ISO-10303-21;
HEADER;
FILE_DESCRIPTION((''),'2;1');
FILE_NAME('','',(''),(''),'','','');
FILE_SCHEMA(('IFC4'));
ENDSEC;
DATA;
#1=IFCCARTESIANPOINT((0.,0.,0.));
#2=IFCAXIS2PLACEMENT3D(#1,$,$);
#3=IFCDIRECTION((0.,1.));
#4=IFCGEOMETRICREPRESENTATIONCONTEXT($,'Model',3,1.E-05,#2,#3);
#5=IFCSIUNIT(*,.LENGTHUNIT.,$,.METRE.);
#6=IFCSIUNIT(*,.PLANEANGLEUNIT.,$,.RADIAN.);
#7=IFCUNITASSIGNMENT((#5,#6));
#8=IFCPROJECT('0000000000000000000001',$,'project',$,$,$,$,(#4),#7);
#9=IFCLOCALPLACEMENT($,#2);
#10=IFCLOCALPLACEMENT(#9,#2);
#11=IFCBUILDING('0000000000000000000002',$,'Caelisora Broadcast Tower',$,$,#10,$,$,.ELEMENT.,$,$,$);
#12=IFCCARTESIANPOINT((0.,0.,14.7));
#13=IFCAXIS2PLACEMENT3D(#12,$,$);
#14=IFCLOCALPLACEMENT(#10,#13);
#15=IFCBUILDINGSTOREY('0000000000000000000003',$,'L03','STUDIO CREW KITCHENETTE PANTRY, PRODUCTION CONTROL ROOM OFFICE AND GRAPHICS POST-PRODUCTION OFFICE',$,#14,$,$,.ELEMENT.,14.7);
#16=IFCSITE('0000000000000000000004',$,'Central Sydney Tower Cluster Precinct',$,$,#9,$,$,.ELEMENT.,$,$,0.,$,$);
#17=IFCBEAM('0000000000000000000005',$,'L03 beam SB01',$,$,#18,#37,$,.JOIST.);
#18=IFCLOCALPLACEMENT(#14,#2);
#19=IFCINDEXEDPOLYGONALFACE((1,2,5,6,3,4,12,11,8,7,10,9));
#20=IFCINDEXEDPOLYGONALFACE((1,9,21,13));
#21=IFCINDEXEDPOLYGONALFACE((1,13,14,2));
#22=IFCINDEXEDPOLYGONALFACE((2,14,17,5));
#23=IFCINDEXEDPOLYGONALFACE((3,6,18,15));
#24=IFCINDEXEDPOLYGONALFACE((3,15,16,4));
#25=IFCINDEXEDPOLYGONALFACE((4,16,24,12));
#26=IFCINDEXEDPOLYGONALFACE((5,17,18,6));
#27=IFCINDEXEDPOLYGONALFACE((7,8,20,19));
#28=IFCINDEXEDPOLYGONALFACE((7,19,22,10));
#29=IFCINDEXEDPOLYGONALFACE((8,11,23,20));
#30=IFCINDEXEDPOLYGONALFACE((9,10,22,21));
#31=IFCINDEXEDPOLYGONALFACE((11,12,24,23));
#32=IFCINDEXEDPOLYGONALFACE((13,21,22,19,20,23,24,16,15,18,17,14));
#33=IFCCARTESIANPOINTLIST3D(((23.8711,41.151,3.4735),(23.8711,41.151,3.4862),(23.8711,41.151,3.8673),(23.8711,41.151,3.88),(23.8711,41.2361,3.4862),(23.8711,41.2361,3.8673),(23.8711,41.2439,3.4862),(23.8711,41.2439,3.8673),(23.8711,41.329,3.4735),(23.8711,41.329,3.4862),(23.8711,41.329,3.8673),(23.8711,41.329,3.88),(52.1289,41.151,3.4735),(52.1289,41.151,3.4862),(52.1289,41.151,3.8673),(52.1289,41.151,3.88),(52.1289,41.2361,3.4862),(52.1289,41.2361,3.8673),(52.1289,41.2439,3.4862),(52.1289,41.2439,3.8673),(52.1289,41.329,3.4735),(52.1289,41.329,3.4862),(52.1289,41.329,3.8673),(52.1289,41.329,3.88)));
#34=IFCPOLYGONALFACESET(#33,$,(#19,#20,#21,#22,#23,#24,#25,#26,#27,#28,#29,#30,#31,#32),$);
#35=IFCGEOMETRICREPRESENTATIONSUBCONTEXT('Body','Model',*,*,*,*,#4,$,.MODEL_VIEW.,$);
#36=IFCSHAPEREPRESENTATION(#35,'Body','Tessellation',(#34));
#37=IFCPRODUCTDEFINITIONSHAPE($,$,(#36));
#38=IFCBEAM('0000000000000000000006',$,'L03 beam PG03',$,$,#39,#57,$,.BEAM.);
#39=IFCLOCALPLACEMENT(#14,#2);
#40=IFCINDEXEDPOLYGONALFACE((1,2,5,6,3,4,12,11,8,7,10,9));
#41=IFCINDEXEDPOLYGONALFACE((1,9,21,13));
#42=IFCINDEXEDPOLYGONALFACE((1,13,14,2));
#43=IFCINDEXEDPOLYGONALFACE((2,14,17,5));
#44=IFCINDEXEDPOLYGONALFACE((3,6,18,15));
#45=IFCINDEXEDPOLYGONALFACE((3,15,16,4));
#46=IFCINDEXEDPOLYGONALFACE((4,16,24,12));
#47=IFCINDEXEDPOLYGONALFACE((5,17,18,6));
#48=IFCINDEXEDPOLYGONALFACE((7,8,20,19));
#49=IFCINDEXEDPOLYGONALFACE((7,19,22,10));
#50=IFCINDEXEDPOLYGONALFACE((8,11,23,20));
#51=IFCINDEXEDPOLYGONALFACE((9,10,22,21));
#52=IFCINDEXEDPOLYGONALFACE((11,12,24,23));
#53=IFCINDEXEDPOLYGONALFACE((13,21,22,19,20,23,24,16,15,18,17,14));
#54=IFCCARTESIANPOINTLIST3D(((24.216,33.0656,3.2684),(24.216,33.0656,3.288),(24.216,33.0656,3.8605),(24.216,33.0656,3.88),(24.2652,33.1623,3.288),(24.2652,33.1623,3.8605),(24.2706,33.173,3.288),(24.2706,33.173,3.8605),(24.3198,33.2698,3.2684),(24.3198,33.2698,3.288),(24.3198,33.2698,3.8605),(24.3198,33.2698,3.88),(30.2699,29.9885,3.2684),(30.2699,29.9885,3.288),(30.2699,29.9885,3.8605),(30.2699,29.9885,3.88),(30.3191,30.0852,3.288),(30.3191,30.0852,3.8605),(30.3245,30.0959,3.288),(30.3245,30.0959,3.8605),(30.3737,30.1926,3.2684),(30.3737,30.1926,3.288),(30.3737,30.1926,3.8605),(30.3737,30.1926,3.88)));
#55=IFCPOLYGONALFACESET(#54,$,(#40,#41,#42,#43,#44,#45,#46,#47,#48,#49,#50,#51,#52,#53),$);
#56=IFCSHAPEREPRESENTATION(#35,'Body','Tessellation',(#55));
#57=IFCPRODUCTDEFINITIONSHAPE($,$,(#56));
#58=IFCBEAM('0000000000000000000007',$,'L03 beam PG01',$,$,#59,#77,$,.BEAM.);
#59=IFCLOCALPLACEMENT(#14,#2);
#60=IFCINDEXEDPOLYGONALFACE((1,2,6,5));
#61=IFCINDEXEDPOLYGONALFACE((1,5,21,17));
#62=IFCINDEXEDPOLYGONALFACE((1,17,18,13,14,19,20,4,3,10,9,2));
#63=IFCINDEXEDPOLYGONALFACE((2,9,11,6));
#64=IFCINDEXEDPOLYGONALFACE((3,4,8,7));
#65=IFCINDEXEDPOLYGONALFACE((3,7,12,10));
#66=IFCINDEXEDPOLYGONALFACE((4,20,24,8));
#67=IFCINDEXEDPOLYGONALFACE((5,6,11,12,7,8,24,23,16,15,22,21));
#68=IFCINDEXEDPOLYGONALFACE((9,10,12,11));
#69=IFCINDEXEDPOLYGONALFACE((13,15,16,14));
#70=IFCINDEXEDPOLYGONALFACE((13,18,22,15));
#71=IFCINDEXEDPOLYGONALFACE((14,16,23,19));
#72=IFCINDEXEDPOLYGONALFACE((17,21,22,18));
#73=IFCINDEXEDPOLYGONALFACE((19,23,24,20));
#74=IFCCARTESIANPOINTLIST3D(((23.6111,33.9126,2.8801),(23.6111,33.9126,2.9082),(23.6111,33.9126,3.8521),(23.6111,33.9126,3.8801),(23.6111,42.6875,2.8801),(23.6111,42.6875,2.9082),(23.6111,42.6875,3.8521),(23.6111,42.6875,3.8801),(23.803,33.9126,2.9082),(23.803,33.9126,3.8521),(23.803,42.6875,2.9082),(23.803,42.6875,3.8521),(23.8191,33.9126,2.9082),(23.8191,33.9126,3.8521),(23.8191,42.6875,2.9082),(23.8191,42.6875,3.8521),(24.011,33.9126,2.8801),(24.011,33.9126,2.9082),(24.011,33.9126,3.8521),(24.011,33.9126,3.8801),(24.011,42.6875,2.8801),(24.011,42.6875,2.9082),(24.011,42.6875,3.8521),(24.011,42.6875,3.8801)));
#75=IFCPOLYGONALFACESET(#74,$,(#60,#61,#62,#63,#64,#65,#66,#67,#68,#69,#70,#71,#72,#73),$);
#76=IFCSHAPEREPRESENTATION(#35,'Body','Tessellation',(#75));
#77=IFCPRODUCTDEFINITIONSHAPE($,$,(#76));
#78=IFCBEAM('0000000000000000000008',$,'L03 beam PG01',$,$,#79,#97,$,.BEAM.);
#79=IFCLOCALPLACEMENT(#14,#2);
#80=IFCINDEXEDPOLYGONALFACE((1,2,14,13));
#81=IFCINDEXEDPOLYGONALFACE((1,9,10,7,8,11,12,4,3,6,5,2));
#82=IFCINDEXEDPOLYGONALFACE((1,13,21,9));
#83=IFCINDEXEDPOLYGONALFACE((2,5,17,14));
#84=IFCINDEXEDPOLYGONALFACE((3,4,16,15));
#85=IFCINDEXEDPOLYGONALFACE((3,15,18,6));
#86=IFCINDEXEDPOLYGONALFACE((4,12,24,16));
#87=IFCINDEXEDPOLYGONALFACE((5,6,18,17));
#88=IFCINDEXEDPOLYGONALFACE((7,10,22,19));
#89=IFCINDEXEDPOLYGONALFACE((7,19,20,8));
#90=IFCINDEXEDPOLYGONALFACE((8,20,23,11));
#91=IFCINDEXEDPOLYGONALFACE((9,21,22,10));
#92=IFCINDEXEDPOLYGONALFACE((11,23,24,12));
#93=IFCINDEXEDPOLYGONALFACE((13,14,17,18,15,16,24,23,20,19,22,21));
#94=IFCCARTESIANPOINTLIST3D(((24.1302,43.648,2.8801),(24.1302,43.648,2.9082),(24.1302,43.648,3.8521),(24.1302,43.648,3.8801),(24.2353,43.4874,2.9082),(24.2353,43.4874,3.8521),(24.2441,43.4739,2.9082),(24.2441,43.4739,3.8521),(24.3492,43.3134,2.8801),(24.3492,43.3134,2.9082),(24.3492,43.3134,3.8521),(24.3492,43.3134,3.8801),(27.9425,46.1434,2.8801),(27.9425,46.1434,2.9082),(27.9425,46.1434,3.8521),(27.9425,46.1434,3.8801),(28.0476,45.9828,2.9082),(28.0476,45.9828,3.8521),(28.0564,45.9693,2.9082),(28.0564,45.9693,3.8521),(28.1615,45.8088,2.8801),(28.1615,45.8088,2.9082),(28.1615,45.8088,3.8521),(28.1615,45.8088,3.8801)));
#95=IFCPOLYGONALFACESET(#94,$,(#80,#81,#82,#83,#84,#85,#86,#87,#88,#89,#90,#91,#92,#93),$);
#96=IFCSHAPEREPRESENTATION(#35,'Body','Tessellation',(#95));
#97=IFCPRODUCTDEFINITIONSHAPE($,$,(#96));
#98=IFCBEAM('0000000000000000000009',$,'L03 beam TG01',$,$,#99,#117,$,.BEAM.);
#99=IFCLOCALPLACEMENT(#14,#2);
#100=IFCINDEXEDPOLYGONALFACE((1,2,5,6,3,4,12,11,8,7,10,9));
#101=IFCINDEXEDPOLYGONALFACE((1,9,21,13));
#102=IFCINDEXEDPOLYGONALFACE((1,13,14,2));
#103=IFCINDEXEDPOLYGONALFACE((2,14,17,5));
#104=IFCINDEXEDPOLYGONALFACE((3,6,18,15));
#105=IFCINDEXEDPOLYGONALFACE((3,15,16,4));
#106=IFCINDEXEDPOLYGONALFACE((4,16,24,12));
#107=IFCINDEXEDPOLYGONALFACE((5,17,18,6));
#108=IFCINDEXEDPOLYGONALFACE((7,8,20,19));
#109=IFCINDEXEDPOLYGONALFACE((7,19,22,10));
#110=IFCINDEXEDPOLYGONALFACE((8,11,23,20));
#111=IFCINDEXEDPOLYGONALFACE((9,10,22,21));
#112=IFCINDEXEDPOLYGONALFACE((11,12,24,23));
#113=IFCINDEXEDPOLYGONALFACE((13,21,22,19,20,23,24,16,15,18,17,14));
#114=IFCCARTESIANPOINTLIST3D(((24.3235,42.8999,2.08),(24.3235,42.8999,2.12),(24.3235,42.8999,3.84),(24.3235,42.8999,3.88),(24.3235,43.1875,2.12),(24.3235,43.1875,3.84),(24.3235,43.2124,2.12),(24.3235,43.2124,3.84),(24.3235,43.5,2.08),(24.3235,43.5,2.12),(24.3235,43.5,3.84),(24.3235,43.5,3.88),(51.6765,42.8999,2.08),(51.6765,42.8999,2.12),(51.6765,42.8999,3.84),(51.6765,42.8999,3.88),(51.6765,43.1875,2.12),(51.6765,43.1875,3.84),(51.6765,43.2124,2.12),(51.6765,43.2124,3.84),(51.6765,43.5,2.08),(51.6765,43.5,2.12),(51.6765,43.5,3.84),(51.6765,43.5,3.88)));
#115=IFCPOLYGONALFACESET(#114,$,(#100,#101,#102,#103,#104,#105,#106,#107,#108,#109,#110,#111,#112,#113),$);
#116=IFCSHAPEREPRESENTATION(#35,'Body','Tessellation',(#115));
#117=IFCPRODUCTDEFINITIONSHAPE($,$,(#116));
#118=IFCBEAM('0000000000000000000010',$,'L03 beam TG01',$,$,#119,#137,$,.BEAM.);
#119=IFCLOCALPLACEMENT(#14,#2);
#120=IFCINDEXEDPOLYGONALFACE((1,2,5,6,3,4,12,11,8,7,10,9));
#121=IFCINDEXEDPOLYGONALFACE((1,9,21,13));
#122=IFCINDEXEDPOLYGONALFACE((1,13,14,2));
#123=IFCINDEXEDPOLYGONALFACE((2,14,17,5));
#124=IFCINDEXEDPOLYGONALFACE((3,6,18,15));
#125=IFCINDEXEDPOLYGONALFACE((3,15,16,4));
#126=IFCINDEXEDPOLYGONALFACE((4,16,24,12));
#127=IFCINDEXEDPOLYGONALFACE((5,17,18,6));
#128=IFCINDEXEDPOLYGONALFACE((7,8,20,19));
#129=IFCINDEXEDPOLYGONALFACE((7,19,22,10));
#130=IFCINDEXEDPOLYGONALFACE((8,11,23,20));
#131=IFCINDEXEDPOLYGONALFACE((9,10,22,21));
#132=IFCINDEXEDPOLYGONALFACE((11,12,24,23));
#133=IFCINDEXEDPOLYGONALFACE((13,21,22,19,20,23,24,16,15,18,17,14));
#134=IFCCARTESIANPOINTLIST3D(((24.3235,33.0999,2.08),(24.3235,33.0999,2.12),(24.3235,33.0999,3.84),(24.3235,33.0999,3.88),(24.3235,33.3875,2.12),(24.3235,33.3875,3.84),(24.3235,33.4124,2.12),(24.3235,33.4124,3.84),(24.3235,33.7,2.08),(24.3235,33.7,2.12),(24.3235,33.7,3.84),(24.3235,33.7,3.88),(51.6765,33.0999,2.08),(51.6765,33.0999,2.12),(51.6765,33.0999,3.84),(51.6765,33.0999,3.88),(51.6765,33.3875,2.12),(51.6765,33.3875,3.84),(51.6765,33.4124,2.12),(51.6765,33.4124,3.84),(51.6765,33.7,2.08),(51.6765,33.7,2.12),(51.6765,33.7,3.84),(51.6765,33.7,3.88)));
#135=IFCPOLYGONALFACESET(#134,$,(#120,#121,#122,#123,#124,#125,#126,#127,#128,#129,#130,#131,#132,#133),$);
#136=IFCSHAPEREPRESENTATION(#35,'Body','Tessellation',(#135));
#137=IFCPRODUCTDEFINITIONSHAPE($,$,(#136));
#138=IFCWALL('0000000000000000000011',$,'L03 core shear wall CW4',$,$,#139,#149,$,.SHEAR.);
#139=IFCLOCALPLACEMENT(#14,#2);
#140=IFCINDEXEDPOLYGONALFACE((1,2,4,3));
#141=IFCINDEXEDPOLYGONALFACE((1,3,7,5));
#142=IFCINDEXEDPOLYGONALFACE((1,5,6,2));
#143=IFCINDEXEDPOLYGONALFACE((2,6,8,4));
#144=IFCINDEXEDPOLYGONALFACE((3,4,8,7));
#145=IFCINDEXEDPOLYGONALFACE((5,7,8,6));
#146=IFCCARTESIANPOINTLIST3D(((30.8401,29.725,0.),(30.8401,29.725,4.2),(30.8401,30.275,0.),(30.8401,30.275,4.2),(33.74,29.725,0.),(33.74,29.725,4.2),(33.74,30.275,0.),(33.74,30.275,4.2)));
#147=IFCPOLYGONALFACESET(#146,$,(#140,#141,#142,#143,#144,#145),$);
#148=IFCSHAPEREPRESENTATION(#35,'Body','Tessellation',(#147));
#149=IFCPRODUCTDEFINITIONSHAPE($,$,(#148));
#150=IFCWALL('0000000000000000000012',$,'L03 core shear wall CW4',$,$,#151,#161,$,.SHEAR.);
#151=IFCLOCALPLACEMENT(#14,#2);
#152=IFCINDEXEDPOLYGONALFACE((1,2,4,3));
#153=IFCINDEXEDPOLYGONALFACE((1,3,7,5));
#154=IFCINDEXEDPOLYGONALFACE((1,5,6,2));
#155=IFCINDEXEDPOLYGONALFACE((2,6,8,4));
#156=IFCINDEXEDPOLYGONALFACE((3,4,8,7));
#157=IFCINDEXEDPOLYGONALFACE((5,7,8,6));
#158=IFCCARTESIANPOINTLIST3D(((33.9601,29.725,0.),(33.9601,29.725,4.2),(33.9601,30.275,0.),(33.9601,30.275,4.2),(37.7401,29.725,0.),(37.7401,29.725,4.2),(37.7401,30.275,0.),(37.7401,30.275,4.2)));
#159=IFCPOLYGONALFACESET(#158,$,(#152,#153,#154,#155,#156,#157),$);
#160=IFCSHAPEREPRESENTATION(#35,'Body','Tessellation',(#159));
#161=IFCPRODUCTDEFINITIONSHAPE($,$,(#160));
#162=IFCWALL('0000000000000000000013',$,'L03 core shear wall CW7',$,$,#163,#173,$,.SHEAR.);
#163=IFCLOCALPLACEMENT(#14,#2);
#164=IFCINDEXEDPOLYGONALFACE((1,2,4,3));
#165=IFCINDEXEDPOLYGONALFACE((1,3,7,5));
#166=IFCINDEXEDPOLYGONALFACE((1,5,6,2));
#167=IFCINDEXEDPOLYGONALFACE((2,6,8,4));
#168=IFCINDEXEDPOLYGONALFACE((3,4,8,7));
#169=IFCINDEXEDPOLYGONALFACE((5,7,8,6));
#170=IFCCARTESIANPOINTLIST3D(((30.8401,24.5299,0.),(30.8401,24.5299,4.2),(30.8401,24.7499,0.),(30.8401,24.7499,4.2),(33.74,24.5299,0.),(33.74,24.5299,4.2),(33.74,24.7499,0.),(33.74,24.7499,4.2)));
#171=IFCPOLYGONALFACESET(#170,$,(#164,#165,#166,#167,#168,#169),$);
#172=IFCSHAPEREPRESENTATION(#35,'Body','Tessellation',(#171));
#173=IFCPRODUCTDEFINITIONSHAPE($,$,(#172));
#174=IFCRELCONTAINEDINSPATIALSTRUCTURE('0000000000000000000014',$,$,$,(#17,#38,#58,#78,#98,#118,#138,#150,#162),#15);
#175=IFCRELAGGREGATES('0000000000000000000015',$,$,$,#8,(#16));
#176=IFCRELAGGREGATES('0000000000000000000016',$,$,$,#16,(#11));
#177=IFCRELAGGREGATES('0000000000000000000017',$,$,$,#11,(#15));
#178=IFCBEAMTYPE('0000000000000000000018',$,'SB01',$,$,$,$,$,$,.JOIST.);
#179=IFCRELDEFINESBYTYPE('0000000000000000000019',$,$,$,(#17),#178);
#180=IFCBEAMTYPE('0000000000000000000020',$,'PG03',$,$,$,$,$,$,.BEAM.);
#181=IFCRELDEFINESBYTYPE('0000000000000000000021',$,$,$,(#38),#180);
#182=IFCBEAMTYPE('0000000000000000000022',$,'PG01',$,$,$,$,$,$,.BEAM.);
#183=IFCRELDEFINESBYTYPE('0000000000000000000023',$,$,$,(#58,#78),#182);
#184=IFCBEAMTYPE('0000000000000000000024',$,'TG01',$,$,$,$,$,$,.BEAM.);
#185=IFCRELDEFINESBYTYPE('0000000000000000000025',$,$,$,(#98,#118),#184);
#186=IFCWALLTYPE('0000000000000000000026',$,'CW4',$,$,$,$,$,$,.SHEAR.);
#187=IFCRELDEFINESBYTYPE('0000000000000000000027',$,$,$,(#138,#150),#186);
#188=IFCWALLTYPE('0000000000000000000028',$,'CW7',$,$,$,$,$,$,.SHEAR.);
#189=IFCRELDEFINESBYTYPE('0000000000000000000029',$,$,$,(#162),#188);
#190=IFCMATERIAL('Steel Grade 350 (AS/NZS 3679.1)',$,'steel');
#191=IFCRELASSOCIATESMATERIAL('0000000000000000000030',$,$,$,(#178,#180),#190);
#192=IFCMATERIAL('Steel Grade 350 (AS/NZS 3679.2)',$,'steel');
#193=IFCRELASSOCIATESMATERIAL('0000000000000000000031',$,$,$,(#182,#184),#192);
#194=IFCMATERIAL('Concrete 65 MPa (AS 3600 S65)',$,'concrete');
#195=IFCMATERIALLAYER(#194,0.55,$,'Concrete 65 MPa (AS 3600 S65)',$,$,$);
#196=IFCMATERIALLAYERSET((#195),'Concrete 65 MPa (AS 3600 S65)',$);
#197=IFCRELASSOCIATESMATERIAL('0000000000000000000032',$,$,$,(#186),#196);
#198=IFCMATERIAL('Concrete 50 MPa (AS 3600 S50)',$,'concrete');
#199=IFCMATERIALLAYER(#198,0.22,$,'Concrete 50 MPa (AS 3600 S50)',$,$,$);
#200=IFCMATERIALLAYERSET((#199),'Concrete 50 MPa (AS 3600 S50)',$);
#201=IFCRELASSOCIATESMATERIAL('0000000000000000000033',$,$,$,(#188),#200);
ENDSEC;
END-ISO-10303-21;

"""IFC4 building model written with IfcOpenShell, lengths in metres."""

from ifc_helpers import new_model, si_unit, direction, frame, frame_2d, origin, origin_2d, place, context, subcontext, project, spatial, rectangle, i_section, extrude, source, transform, mapped, material, layer, layer_set, material_profile, profile_set, type_object, type_shapes, element, save


model = new_model("IFC4")

# Units and contexts
model_context = context("Model", 3, precision=1e-05, world=origin(), true_north=direction((0.0, 1.0)))
body_context = subcontext(model_context, "Body", "Model", "MODEL_VIEW")
ifc_project = project(units=[si_unit("LENGTHUNIT", "METRE"), si_unit("PLANEANGLEUNIT", "RADIAN")], contexts=[model_context])

# Site, building, storey
site_placement = place(None, origin())
site = spatial("IfcSite", under=ifc_project, at=site_placement, Name="Central Sydney Tower Cluster Precinct", CompositionType="ELEMENT", RefElevation=0.0)
building_placement = place(site_placement, origin())
building = spatial("IfcBuilding", under=site, at=building_placement, Name="Caelisora Broadcast Tower", CompositionType="ELEMENT")
storey_placement = place(building_placement, frame((0.0, 0.0, 14.7)))
storey = spatial("IfcBuildingStorey", under=building, at=storey_placement, Name="L03", Description="STUDIO CREW KITCHENETTE PANTRY, PRODUCTION CONTROL ROOM OFFICE AND GRAPHICS POST-PRODUCTION OFFICE", CompositionType="ELEMENT", Elevation=14.7)

# Shared definitions
ifc_material_1 = material(Name="Steel Grade 350 (AS/NZS 3679.2)", Category="steel")
ifc_material_2 = material(Name="Steel Grade 350 (AS/NZS 3679.1)", Category="steel")

# Beams
ifc_material_profile_1 = material_profile(ifc_material_2, i_section(OverallWidth=0.178, OverallDepth=0.4065, WebThickness=0.0078, FlangeThickness=0.0127, at=origin_2d()), Name="Steel Grade 350 (AS/NZS 3679.1)")
ifc_profile_set_1 = profile_set([ifc_material_profile_1], Name="Steel Grade 350 (AS/NZS 3679.1)")
beam_type_1 = type_object("IfcBeamType", Name="SB01", PredefinedType="JOIST", material=ifc_profile_set_1)
shared_shape_1 = source(origin(), body_context, "Body", "SweptSolid", [
    extrude(i_section(OverallWidth=0.178, OverallDepth=0.4065, WebThickness=0.0078, FlangeThickness=0.0127, at=origin_2d()), origin(), (0.0, 0.0, 1.0), 28.2578),
])
type_shapes(beam_type_1, [shared_shape_1])
for number, where, z_axis, x_axis, name in (
    (1, (23.8711, 41.24, 3.6768), (1.0, 0.0, 0.0), (0.0, 1.0, 0.0), "L03 beam SB01"),
):
    element("IfcBeam", number, at=place(storey_placement, frame(where, z_axis=z_axis, x_axis=x_axis)), inside=storey, type_object=beam_type_1, Name=name, PredefinedType="JOIST", context=body_context, shape_type="MappedRepresentation", body=[
        mapped(shared_shape_1, transform((0.0, 0.0, 0.0), scale=1.0)),
    ])
ifc_material_profile_2 = material_profile(ifc_material_2, i_section(OverallWidth=0.229, OverallDepth=0.6116, WebThickness=0.012, FlangeThickness=0.0195, at=origin_2d()), Name="Steel Grade 350 (AS/NZS 3679.1)")
ifc_profile_set_2 = profile_set([ifc_material_profile_2], Name="Steel Grade 350 (AS/NZS 3679.1)")
beam_type_2 = type_object("IfcBeamType", Name="PG03", PredefinedType="BEAM", material=ifc_profile_set_2)
shared_shape_2 = source(origin(), body_context, "Body", "SweptSolid", [
    extrude(i_section(OverallWidth=0.229, OverallDepth=0.6116, WebThickness=0.012, FlangeThickness=0.0195, at=origin_2d()), origin(), (0.0, 0.0, 1.0), 6.791),
])
type_shapes(beam_type_2, [shared_shape_2])
beam_1_placement = place(storey_placement, frame((30.3218, 30.0906, 3.5742), z_axis=(-0.891453, 0.453114, 0.0), x_axis=(-0.453114, -0.891453, 0.0)))
element("IfcBeam", 2, at=beam_1_placement, inside=storey, type_object=beam_type_2, Name="L03 beam PG03", PredefinedType="BEAM", context=body_context, shape_type="MappedRepresentation", body=[
    mapped(shared_shape_2, transform((0.0, 0.0, 0.0), scale=1.0)),
])
ifc_material_profile_3 = material_profile(ifc_material_1, i_section(OverallWidth=0.3999, OverallDepth=1.0, WebThickness=0.0161, FlangeThickness=0.0281, at=origin_2d()), Name="Steel Grade 350 (AS/NZS 3679.2)")
ifc_profile_set_3 = profile_set([ifc_material_profile_3], Name="Steel Grade 350 (AS/NZS 3679.2)")
beam_type_3 = type_object("IfcBeamType", Name="PG01", PredefinedType="BEAM", material=ifc_profile_set_3)
shared_shape_3 = source(origin(), body_context, "Body", "SweptSolid", [
    extrude(i_section(OverallWidth=0.3999, OverallDepth=1.0, WebThickness=0.0161, FlangeThickness=0.0281, at=origin_2d()), origin(), (0.0, 0.0, 1.0), 8.7749),
])
beam_2_placement = place(storey_placement, frame((23.811, 33.9126, 3.3801), z_axis=(0.0, 1.0, 0.0), x_axis=(-1.0, 0.0, 0.0)))
element("IfcBeam", 3, at=beam_2_placement, inside=storey, type_object=beam_type_3, Name="L03 beam PG01", PredefinedType="BEAM", context=body_context, shape_type="MappedRepresentation", body=[
    mapped(shared_shape_3, transform((0.0, 0.0, 0.0), scale=1.0)),
])
shared_shape_4 = source(origin(), body_context, "Body", "SweptSolid", [
    extrude(i_section(OverallWidth=0.3999, OverallDepth=1.0, WebThickness=0.0161, FlangeThickness=0.0281, at=origin_2d()), origin(), (0.0, 0.0, 1.0), 4.5564),
])
type_shapes(beam_type_3, [shared_shape_3, shared_shape_4])
beam_3_placement = place(storey_placement, frame((28.052, 45.9761, 3.3801), z_axis=(-0.836695, -0.547669, 0.0), x_axis=(0.547669, -0.836695, 0.0)))
element("IfcBeam", 4, at=beam_3_placement, inside=storey, type_object=beam_type_3, Name="L03 beam PG01", PredefinedType="BEAM", context=body_context, shape_type="MappedRepresentation", body=[
    mapped(shared_shape_4, transform((0.0, 0.0, 0.0), scale=1.0)),
])
ifc_material_profile_4 = material_profile(ifc_material_1, i_section(OverallWidth=0.6001, OverallDepth=1.8, WebThickness=0.0249, FlangeThickness=0.04, at=origin_2d()), Name="Steel Grade 350 (AS/NZS 3679.2)")
ifc_profile_set_4 = profile_set([ifc_material_profile_4], Name="Steel Grade 350 (AS/NZS 3679.2)")
beam_type_4 = type_object("IfcBeamType", Name="TG01", PredefinedType="BEAM", material=ifc_profile_set_4)
shared_shape_5 = source(origin(), body_context, "Body", "SweptSolid", [
    extrude(i_section(OverallWidth=0.6001, OverallDepth=1.8, WebThickness=0.0249, FlangeThickness=0.04, at=origin_2d()), origin(), (0.0, 0.0, 1.0), 27.353),
])
type_shapes(beam_type_4, [shared_shape_5])
for number, where, z_axis, x_axis, name in (
    (5, (24.3235, 43.2, 2.98), (1.0, 0.0, 0.0), (0.0, 1.0, 0.0), "L03 beam TG01"),
    (6, (24.3235, 33.3999, 2.98), (1.0, 0.0, 0.0), (0.0, 1.0, 0.0), "L03 beam TG01"),
):
    element("IfcBeam", number, at=place(storey_placement, frame(where, z_axis=z_axis, x_axis=x_axis)), inside=storey, type_object=beam_type_4, Name=name, PredefinedType="BEAM", context=body_context, shape_type="MappedRepresentation", body=[
        mapped(shared_shape_5, transform((0.0, 0.0, 0.0), scale=1.0)),
    ])

# Walls
ifc_material_3 = material(Name="Concrete 65 MPa (AS 3600 S65)", Category="concrete")
ifc_layer_1 = layer(ifc_material_3, 0.55, Name="Concrete 65 MPa (AS 3600 S65)")
ifc_layer_set_1 = layer_set([ifc_layer_1], Name="Concrete 65 MPa (AS 3600 S65)")
wall_type_1 = type_object("IfcWallType", Name="CW4", PredefinedType="SHEAR", material=ifc_layer_set_1)
wall_1_placement = place(storey_placement, frame((30.8401, 30.0, 0.0), z_axis=(0.0, 0.0, 1.0), x_axis=(1.0, 0.0, 0.0)))
element("IfcWall", 7, at=wall_1_placement, inside=storey, type_object=wall_type_1, Name="L03 core shear wall CW4", PredefinedType="SHEAR", context=body_context, shape_type="SweptSolid", body=[
    extrude(rectangle(XDim=2.8999, YDim=0.55, at=frame_2d((1.45, 0.0))), origin(), (0.0, 0.0, 1.0), 4.2),
])
wall_2_placement = place(storey_placement, frame((33.96, 30.0, 0.0), z_axis=(0.0, 0.0, 1.0), x_axis=(1.0, 0.0, 0.0)))
element("IfcWall", 8, at=wall_2_placement, inside=storey, type_object=wall_type_1, Name="L03 core shear wall CW4", PredefinedType="SHEAR", context=body_context, shape_type="SweptSolid", body=[
    extrude(rectangle(XDim=3.78, YDim=0.55, at=frame_2d((1.8901, 0.0))), origin(), (0.0, 0.0, 1.0), 4.2),
])
ifc_material_4 = material(Name="Concrete 50 MPa (AS 3600 S50)", Category="concrete")
ifc_layer_2 = layer(ifc_material_4, 0.22, Name="Concrete 50 MPa (AS 3600 S50)")
ifc_layer_set_2 = layer_set([ifc_layer_2], Name="Concrete 50 MPa (AS 3600 S50)")
wall_type_2 = type_object("IfcWallType", Name="CW7", PredefinedType="SHEAR", material=ifc_layer_set_2)
wall_3_placement = place(storey_placement, frame((30.8401, 24.6399, 0.0), z_axis=(0.0, 0.0, 1.0), x_axis=(1.0, 0.0, 0.0)))
element("IfcWall", 9, at=wall_3_placement, inside=storey, type_object=wall_type_2, Name="L03 core shear wall CW7", PredefinedType="SHEAR", context=body_context, shape_type="SweptSolid", body=[
    extrude(rectangle(XDim=2.8999, YDim=0.22, at=frame_2d((1.45, 0.0))), origin(), (0.0, 0.0, 1.0), 4.2),
])

save(model, "model.ifc")
